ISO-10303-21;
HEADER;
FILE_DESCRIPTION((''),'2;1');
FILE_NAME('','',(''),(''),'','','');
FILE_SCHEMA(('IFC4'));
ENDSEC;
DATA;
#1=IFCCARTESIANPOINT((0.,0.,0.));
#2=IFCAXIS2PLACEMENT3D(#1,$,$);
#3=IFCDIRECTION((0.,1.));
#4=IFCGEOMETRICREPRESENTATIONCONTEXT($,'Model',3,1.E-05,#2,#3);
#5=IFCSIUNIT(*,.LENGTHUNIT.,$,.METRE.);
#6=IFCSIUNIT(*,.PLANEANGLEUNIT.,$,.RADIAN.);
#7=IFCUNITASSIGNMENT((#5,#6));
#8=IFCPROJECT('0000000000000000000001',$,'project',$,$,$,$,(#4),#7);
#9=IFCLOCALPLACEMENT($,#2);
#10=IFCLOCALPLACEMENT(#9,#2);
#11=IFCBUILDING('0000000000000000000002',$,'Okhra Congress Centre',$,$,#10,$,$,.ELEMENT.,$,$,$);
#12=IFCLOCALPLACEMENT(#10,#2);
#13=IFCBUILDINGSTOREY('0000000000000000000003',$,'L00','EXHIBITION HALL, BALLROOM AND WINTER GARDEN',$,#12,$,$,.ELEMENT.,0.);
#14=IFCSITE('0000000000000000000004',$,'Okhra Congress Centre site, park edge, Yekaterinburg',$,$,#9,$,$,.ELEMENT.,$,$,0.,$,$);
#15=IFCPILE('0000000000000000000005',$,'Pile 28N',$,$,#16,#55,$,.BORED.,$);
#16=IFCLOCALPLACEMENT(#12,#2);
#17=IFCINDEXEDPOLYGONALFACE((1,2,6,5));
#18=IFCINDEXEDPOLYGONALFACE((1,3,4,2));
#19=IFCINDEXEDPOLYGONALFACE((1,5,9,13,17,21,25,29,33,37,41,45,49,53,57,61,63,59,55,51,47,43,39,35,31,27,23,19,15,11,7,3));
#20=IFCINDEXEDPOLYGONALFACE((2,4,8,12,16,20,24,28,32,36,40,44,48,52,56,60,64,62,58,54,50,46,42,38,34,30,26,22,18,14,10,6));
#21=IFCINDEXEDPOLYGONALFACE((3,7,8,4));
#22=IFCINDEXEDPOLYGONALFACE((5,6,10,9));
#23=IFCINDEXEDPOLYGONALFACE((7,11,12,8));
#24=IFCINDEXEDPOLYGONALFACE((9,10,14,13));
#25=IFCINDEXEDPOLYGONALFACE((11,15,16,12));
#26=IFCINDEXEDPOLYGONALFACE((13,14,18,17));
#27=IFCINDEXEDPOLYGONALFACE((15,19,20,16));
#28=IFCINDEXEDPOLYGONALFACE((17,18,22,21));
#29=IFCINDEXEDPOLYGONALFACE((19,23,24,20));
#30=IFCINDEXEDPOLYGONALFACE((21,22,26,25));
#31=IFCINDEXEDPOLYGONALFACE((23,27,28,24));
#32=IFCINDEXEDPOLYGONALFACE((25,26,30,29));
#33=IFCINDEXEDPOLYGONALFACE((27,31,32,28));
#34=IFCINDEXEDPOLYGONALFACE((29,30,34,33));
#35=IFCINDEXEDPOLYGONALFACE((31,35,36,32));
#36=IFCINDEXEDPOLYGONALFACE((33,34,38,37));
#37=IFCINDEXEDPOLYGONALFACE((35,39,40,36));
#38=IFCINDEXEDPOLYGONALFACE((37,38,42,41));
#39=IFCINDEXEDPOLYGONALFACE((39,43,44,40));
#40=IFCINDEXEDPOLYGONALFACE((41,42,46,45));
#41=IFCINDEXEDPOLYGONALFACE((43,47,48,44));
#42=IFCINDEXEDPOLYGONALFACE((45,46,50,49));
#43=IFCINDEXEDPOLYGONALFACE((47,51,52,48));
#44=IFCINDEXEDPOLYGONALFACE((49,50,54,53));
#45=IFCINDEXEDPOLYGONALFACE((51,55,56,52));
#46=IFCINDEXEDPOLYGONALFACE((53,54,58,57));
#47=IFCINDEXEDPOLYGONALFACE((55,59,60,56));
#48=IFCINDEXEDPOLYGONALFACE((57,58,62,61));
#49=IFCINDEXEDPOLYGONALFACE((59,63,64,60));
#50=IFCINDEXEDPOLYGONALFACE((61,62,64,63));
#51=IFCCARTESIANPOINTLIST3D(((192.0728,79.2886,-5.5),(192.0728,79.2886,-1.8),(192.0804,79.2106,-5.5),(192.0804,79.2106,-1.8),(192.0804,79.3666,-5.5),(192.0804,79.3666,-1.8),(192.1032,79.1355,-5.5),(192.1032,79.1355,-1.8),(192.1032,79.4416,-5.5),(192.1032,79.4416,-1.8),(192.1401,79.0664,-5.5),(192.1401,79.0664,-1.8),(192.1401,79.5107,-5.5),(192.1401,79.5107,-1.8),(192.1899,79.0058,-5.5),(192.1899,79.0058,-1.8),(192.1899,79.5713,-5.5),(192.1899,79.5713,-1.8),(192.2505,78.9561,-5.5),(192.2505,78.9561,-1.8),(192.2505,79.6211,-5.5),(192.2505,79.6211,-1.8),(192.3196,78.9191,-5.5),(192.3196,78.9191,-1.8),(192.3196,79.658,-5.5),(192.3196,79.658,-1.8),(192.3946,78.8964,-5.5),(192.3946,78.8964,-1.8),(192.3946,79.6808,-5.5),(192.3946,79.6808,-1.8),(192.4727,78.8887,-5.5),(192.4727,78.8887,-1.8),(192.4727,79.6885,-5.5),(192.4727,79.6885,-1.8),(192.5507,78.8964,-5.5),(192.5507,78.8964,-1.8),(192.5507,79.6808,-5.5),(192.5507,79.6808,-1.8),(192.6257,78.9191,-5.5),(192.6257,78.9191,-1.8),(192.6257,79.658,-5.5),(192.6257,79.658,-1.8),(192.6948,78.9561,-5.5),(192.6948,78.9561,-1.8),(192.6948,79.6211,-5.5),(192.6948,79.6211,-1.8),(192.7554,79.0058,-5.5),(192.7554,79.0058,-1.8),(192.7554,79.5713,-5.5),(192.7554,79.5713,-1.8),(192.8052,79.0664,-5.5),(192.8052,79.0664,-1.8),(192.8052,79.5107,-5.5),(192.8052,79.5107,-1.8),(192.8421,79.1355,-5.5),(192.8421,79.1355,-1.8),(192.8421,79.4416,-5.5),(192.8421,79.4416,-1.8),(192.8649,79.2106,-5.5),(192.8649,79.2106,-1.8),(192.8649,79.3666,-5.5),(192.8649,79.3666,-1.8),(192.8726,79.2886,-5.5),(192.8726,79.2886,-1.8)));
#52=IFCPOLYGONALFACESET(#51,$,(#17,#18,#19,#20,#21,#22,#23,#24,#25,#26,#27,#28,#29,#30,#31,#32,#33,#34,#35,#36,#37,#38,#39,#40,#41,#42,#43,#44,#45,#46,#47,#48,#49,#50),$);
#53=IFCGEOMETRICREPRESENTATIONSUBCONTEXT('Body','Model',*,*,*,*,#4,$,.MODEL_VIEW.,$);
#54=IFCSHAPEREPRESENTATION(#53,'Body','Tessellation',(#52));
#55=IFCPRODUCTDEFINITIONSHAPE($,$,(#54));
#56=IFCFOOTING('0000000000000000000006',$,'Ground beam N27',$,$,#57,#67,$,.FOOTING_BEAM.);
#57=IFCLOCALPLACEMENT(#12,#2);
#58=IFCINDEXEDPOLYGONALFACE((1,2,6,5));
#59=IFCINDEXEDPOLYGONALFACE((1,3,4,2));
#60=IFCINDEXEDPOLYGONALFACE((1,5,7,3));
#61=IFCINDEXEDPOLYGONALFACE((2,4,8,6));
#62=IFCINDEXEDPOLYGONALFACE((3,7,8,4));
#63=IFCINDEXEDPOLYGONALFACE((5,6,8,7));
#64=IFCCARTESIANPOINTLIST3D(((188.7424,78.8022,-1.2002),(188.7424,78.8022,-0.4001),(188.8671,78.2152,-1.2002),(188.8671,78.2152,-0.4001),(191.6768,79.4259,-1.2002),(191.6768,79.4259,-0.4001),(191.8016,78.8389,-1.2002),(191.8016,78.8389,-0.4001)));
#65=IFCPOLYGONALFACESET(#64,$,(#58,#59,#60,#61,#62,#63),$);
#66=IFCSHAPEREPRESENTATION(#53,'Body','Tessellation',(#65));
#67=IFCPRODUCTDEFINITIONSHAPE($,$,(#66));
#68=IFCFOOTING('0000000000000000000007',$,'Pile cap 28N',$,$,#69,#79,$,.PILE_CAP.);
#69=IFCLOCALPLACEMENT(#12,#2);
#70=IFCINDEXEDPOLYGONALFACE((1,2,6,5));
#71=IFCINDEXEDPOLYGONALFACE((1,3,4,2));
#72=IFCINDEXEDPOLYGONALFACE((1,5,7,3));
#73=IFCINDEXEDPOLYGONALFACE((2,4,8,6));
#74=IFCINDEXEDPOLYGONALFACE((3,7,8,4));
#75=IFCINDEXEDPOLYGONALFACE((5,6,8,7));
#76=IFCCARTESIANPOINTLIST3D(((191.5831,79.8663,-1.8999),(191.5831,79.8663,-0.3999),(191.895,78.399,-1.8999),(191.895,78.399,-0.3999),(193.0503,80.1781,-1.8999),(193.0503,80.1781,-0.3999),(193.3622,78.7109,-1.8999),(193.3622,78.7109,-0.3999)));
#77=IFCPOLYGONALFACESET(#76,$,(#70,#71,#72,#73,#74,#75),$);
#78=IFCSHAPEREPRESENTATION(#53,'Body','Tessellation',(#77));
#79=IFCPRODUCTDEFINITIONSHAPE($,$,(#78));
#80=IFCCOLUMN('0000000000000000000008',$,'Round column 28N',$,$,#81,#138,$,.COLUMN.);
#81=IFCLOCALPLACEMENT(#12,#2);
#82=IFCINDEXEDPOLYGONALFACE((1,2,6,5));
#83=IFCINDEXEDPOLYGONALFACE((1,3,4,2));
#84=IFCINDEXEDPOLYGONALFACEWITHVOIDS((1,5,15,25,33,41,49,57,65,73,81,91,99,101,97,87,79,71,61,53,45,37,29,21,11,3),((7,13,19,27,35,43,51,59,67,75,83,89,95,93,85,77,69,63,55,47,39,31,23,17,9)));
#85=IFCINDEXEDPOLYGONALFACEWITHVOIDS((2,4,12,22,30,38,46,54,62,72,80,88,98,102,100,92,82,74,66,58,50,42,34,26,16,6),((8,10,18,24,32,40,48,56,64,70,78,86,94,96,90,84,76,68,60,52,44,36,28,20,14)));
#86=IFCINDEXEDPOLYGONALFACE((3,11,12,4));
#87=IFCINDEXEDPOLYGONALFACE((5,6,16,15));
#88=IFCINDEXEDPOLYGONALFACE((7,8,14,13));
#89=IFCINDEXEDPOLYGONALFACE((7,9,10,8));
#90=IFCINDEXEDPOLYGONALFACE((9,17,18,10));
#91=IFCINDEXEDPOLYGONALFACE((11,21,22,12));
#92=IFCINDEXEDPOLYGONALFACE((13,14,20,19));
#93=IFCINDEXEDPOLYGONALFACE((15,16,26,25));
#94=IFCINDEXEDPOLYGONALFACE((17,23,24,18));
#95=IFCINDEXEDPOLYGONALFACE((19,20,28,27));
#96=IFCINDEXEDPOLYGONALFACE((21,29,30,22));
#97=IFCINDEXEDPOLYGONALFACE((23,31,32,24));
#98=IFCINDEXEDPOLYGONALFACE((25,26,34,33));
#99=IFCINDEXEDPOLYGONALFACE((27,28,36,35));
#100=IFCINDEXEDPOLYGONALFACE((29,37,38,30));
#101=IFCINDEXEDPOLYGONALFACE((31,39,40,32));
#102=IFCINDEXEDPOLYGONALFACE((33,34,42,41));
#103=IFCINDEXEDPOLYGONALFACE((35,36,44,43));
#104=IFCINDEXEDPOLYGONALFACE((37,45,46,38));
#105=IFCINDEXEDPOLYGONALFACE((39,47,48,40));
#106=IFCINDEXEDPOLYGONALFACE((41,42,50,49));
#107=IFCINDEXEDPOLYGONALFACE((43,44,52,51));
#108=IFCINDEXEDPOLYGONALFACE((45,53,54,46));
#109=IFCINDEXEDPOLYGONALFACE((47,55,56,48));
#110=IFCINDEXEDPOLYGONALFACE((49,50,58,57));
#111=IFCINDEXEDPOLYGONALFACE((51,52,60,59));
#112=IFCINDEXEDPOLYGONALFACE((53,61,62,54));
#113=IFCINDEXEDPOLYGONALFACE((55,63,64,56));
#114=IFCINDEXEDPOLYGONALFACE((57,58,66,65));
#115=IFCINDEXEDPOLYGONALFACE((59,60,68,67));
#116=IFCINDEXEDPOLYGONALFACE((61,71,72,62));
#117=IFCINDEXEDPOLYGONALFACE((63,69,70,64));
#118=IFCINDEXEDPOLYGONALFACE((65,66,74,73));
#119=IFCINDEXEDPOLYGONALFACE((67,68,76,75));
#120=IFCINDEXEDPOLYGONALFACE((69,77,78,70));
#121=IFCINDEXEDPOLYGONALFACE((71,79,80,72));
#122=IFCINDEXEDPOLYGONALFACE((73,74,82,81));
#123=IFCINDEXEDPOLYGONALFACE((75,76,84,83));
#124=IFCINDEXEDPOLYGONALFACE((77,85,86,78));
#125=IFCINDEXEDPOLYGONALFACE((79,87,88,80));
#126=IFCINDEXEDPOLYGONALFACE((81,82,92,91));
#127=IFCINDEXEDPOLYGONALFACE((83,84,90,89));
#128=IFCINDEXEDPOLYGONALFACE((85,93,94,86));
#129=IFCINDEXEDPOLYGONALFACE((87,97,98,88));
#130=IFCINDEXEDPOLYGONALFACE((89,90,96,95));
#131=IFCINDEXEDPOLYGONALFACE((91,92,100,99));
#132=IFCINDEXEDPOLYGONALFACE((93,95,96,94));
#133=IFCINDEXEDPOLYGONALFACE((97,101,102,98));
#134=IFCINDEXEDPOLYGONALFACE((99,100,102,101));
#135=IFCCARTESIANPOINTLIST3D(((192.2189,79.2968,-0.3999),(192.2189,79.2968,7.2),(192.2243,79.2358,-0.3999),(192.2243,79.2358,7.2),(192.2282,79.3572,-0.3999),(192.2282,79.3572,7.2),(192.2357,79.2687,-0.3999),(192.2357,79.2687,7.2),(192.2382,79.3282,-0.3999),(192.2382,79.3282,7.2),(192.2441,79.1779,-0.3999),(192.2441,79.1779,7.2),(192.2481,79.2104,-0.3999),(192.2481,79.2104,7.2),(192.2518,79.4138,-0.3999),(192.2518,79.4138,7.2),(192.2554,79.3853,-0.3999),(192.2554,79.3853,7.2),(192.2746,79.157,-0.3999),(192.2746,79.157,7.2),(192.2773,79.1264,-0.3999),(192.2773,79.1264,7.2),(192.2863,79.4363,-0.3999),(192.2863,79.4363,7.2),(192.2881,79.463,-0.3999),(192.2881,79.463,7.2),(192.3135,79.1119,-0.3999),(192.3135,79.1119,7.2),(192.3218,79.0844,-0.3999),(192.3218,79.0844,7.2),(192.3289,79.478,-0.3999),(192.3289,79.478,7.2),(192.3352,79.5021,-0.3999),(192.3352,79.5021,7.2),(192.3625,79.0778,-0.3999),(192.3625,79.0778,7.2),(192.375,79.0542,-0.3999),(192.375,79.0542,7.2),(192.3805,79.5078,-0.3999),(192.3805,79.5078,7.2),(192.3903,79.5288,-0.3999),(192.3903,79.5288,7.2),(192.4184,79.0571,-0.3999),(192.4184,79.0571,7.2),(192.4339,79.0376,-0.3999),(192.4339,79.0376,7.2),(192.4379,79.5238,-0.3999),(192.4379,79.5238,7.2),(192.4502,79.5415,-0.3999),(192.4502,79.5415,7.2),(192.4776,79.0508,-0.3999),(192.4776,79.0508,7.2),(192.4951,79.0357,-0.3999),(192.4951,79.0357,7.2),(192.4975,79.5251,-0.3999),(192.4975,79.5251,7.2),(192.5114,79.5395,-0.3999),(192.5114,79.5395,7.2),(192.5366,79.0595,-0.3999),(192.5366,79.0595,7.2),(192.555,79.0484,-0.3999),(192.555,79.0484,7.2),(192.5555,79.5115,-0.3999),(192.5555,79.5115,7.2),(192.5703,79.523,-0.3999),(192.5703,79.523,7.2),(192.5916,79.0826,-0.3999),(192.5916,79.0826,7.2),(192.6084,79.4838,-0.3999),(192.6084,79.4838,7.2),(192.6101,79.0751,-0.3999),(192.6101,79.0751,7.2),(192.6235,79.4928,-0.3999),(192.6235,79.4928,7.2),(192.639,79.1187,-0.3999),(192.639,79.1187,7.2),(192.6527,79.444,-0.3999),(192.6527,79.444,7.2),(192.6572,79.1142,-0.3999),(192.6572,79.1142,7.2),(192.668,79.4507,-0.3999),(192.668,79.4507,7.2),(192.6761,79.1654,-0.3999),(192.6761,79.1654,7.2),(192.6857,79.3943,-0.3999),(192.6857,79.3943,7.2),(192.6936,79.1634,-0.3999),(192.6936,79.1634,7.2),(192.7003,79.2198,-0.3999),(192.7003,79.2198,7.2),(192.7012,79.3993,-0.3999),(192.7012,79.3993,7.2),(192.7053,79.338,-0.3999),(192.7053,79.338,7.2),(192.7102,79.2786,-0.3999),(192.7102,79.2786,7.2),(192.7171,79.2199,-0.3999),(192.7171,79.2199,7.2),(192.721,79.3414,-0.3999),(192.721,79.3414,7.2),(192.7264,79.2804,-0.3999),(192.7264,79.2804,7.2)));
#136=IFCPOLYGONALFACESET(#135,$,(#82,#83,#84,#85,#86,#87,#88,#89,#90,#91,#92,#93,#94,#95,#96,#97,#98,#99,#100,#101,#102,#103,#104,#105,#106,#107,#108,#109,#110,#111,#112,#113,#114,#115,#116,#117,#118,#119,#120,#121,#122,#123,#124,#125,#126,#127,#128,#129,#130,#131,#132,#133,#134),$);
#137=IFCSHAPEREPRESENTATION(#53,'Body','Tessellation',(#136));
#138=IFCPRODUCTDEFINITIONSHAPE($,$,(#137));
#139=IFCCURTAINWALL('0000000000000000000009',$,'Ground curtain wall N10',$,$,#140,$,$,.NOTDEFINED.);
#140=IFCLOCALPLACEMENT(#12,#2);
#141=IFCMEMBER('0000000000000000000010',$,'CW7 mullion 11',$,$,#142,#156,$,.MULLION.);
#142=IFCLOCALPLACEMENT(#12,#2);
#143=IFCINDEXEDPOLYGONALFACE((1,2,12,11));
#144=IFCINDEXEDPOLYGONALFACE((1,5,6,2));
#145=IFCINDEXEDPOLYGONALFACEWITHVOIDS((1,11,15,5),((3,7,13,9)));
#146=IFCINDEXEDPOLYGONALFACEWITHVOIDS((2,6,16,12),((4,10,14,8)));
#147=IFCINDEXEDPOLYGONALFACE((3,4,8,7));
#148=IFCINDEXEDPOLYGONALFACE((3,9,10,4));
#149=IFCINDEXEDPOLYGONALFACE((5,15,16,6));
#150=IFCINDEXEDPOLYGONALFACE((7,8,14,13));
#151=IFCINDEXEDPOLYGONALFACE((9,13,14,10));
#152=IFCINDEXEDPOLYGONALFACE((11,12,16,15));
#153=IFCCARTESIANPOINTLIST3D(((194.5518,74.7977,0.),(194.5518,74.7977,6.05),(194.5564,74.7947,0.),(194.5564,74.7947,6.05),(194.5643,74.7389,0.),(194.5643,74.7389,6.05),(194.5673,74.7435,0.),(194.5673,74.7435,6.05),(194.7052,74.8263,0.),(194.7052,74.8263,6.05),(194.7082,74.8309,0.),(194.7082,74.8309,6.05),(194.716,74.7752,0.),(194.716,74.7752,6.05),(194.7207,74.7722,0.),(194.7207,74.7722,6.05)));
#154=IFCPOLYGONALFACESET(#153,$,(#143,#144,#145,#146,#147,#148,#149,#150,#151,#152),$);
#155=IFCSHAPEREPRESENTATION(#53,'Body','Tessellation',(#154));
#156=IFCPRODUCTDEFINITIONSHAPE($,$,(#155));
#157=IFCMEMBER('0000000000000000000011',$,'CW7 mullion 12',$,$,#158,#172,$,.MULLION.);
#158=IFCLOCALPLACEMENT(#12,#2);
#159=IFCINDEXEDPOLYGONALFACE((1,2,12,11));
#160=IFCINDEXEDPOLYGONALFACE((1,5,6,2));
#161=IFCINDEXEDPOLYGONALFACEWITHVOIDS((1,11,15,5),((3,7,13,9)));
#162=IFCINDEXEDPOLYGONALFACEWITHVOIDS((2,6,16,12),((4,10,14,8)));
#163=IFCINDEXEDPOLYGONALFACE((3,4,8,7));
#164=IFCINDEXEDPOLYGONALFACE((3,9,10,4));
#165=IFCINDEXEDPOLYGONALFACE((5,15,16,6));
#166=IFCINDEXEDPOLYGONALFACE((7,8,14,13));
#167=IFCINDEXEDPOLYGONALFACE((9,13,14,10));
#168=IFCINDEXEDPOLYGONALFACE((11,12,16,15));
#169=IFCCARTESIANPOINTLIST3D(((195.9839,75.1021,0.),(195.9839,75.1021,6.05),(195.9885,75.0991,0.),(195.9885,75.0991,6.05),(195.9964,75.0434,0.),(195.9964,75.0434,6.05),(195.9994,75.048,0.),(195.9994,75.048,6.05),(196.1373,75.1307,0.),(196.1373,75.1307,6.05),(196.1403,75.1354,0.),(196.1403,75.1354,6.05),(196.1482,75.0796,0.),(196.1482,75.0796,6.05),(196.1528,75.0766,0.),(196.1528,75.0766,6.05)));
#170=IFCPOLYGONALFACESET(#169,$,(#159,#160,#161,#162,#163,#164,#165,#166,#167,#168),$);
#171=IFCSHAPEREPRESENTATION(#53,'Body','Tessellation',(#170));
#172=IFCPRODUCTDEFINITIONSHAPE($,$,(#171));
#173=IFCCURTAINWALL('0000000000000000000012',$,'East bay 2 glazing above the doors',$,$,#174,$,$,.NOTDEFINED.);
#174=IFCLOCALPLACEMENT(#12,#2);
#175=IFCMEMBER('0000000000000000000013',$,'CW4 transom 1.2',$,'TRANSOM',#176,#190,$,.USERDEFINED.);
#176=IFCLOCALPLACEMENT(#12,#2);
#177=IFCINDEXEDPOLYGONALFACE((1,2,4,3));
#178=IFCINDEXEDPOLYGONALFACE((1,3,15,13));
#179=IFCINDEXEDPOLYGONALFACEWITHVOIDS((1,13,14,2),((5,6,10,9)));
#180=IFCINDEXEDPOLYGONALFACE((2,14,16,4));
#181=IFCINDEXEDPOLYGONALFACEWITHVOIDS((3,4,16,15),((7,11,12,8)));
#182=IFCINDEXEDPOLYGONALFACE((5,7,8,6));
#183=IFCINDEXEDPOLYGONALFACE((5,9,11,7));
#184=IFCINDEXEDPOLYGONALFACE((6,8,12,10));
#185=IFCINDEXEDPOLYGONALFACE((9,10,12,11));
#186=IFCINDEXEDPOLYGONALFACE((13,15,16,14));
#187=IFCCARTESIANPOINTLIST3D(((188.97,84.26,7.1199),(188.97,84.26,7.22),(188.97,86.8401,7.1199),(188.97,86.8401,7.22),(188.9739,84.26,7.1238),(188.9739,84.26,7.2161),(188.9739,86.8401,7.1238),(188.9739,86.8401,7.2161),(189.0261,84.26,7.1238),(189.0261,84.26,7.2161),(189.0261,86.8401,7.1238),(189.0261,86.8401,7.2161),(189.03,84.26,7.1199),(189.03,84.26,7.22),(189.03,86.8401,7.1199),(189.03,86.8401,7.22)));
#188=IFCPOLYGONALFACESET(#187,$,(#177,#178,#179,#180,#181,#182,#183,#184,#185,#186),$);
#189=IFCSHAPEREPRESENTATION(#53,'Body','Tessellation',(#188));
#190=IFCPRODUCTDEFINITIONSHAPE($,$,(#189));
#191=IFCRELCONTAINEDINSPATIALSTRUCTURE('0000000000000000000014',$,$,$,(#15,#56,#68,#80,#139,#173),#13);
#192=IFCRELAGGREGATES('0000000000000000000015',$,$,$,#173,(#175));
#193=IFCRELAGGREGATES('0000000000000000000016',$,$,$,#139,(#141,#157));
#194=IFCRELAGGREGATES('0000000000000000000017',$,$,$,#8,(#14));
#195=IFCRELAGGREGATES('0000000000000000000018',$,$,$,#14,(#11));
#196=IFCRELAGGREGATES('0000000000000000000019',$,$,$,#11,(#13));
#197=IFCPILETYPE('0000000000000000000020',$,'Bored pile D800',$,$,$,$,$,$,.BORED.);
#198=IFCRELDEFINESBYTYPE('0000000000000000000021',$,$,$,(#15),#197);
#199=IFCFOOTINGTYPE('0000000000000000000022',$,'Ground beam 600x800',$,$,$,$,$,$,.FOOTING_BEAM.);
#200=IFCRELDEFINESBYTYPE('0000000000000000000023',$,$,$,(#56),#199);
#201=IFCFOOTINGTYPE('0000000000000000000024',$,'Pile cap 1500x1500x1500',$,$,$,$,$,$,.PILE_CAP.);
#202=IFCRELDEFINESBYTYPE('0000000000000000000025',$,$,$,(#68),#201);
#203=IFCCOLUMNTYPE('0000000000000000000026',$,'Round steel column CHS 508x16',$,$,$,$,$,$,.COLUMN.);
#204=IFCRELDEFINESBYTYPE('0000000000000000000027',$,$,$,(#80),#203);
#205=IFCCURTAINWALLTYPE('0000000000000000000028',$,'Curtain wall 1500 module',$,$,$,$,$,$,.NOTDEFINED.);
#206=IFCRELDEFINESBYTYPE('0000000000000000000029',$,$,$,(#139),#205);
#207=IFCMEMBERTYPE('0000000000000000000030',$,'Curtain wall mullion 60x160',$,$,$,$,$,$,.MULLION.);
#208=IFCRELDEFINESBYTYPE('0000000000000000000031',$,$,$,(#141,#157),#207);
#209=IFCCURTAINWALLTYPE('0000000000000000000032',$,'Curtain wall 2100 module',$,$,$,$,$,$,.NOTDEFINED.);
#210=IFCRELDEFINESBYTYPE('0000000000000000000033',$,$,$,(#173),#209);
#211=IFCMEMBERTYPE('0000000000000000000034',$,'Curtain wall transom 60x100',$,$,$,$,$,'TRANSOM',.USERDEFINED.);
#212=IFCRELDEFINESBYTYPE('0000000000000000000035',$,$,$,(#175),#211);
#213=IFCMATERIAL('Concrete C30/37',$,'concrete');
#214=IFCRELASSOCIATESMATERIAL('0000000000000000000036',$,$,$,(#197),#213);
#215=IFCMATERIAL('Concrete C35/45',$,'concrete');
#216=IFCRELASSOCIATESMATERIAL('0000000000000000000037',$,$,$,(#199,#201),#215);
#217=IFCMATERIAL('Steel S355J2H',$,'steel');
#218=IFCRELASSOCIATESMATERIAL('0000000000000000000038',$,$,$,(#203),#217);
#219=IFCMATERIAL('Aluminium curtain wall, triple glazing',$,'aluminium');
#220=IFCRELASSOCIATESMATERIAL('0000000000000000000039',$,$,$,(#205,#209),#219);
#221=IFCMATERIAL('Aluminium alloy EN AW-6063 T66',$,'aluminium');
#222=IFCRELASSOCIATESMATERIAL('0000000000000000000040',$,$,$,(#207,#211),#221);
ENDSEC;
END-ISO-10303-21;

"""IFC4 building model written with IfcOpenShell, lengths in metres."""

from ifc_helpers import new_model, si_unit, direction, frame, origin, origin_2d, place, context, subcontext, project, spatial, rectangle, hollow_rectangle, circle, hollow_circle, extrude, material, material_profile, profile_set, type_object, element, aggregate, save


model = new_model("IFC4")

# Units and contexts
model_context = context("Model", 3, precision=1e-05, world=origin(), true_north=direction((0.0, 1.0)))
body_context = subcontext(model_context, "Body", "Model", "MODEL_VIEW")
ifc_project = project(units=[si_unit("LENGTHUNIT", "METRE"), si_unit("PLANEANGLEUNIT", "RADIAN")], contexts=[model_context])

# Site, building, storey
site_placement = place(None, origin())
site = spatial("IfcSite", under=ifc_project, at=site_placement, Name="Okhra Congress Centre site, park edge, Yekaterinburg", CompositionType="ELEMENT", RefElevation=0.0)
building_placement = place(site_placement, origin())
building = spatial("IfcBuilding", under=site, at=building_placement, Name="Okhra Congress Centre", CompositionType="ELEMENT")
storey_placement = place(building_placement, origin())
storey = spatial("IfcBuildingStorey", under=building, at=storey_placement, Name="L00", Description="EXHIBITION HALL, BALLROOM AND WINTER GARDEN", CompositionType="ELEMENT", Elevation=0.0)

# Pile
ifc_material_1 = material(Name="Concrete C30/37", Category="concrete")
ifc_material_profile_1 = material_profile(ifc_material_1, circle(Radius=0.3999, at=origin_2d()), Name="D800")
ifc_profile_set_1 = profile_set([ifc_material_profile_1], Name="Concrete C30/37")
pile_type = type_object("IfcPileType", Name="Bored pile D800", PredefinedType="BORED", material=ifc_profile_set_1)
pile_placement = place(storey_placement, frame((192.4727, 79.2886, -1.8), z_axis=(0.0, 0.0, -1.0), x_axis=(1.0, 0.0, 0.0)))
element("IfcPile", 1, at=pile_placement, inside=storey, type_object=pile_type, Name="Pile 28N", PredefinedType="BORED", context=body_context, shape_type="SweptSolid", body=[
    extrude(circle(Radius=0.3999, at=origin_2d()), origin(), (0.0, 0.0, 1.0), 3.7),
])

# Footings
ifc_material_2 = material(Name="Concrete C35/45", Category="concrete")
footing_type_1 = type_object("IfcFootingType", Name="Ground beam 600x800", PredefinedType="FOOTING_BEAM", material=ifc_material_2)
footing_1_placement = place(storey_placement, frame((190.272, 78.8206, -1.2002), z_axis=(0.0, 0.0, 1.0), x_axis=(0.978148, 0.207912, 0.0)))
element("IfcFooting", 2, at=footing_1_placement, inside=storey, type_object=footing_type_1, Name="Ground beam N27", PredefinedType="FOOTING_BEAM", context=body_context, shape_type="SweptSolid", body=[
    extrude(rectangle(XDim=3.0, YDim=0.6001, at=origin_2d()), origin(), (0.0, 0.0, 1.0), 0.8),
])
footing_type_2 = type_object("IfcFootingType", Name="Pile cap 1500x1500x1500", PredefinedType="PILE_CAP", material=ifc_material_2)
footing_2_placement = place(storey_placement, frame((192.4727, 79.2886, -1.8999), z_axis=(0.0, 0.0, 1.0), x_axis=(0.978148, 0.207912, 0.0)))
element("IfcFooting", 3, at=footing_2_placement, inside=storey, type_object=footing_type_2, Name="Pile cap 28N", PredefinedType="PILE_CAP", context=body_context, shape_type="SweptSolid", body=[
    extrude(rectangle(XDim=1.5, YDim=1.5, at=origin_2d()), origin(), (0.0, 0.0, 1.0), 1.5),
])

# Column
ifc_material_3 = material(Name="Steel S355J2H", Category="steel")
ifc_material_profile_2 = material_profile(ifc_material_3, hollow_circle(Radius=0.2539, WallThickness=0.0161, at=origin_2d()), Name="CHS 508x16")
ifc_profile_set_2 = profile_set([ifc_material_profile_2], Name="Steel S355J2H")
column_type = type_object("IfcColumnType", Name="Round steel column CHS 508x16", PredefinedType="COLUMN", material=ifc_profile_set_2)
column_placement = place(storey_placement, frame((192.4727, 79.2886, -0.3999), z_axis=(0.0, 0.0, 1.0), x_axis=(0.978148, 0.207912, 0.0)))
element("IfcColumn", 4, at=column_placement, inside=storey, type_object=column_type, Name="Round column 28N", PredefinedType="COLUMN", context=body_context, shape_type="SweptSolid", body=[
    extrude(hollow_circle(Radius=0.2539, WallThickness=0.0161, at=origin_2d()), origin(), (0.0, 0.0, 1.0), 7.5999),
])

# Curtain wall, members
ifc_material_4 = material(Name="Aluminium curtain wall, triple glazing", Category="aluminium")
curtain_wall_type_1 = type_object("IfcCurtainWallType", Name="Curtain wall 1500 module", PredefinedType="NOTDEFINED", material=ifc_material_4)
curtain_wall_1_placement = place(storey_placement, origin())
curtain_wall_1 = element("IfcCurtainWall", 5, at=curtain_wall_1_placement, inside=storey, type_object=curtain_wall_type_1, Name="Ground curtain wall N10", PredefinedType="NOTDEFINED")
ifc_material_5 = material(Name="Aluminium alloy EN AW-6063 T66", Category="aluminium")
ifc_material_profile_3 = material_profile(ifc_material_5, hollow_rectangle(XDim=0.0601, YDim=0.1599, WallThickness=0.0039, at=origin_2d()), Name="RHS 60x160x4")
ifc_profile_set_3 = profile_set([ifc_material_profile_3], Name="Aluminium alloy EN AW-6063 T66")
member_type_1 = type_object("IfcMemberType", Name="Curtain wall mullion 60x160", PredefinedType="MULLION", material=ifc_profile_set_3)
member_1_placement = place(storey_placement, frame((194.6362, 74.7849, 0.0), z_axis=(0.0, 0.0, 1.0), x_axis=(-0.207912, 0.978148, 0.0)))
member_1 = element("IfcMember", 6, at=member_1_placement, type_object=member_type_1, Name="CW7 mullion 11", PredefinedType="MULLION", context=body_context, shape_type="SweptSolid", body=[
    extrude(hollow_rectangle(XDim=0.0601, YDim=0.1599, WallThickness=0.0039, at=origin_2d()), origin(), (0.0, 0.0, 1.0), 6.05),
])
member_2_placement = place(storey_placement, frame((196.0684, 75.0894, 0.0), z_axis=(0.0, 0.0, 1.0), x_axis=(-0.207912, 0.978148, 0.0)))
member_2 = element("IfcMember", 7, at=member_2_placement, type_object=member_type_1, Name="CW7 mullion 12", PredefinedType="MULLION", context=body_context, shape_type="SweptSolid", body=[
    extrude(hollow_rectangle(XDim=0.0601, YDim=0.1599, WallThickness=0.0039, at=origin_2d()), origin(), (0.0, 0.0, 1.0), 6.05),
])

# Curtain wall, member
curtain_wall_type_2 = type_object("IfcCurtainWallType", Name="Curtain wall 2100 module", PredefinedType="NOTDEFINED", material=ifc_material_4)
curtain_wall_2_placement = place(storey_placement, origin())
curtain_wall_2 = element("IfcCurtainWall", 8, at=curtain_wall_2_placement, inside=storey, type_object=curtain_wall_type_2, Name="East bay 2 glazing above the doors", PredefinedType="NOTDEFINED")
ifc_material_profile_4 = material_profile(ifc_material_5, hollow_rectangle(XDim=0.0601, YDim=0.1001, WallThickness=0.0039, at=origin_2d()), Name="RHS 60x100x4")
ifc_profile_set_4 = profile_set([ifc_material_profile_4], Name="Aluminium alloy EN AW-6063 T66")
member_type_2 = type_object("IfcMemberType", Name="Curtain wall transom 60x100", ElementType="TRANSOM", PredefinedType="USERDEFINED", material=ifc_profile_set_4)
member_3_placement = place(storey_placement, frame((189.0, 84.26, 7.1699), z_axis=(0.0, 1.0, 0.0), x_axis=(-1.0, 0.0, 0.0)))
member_3 = element("IfcMember", 9, at=member_3_placement, type_object=member_type_2, Name="CW4 transom 1.2", ObjectType="TRANSOM", PredefinedType="USERDEFINED", context=body_context, shape_type="SweptSolid", body=[
    extrude(hollow_rectangle(XDim=0.0601, YDim=0.1001, WallThickness=0.0039, at=origin_2d()), origin(), (0.0, 0.0, 1.0), 2.5801),
])
aggregate(curtain_wall_2, [member_3])

aggregate(curtain_wall_1, [member_1, member_2])

save(model, "model.ifc")
